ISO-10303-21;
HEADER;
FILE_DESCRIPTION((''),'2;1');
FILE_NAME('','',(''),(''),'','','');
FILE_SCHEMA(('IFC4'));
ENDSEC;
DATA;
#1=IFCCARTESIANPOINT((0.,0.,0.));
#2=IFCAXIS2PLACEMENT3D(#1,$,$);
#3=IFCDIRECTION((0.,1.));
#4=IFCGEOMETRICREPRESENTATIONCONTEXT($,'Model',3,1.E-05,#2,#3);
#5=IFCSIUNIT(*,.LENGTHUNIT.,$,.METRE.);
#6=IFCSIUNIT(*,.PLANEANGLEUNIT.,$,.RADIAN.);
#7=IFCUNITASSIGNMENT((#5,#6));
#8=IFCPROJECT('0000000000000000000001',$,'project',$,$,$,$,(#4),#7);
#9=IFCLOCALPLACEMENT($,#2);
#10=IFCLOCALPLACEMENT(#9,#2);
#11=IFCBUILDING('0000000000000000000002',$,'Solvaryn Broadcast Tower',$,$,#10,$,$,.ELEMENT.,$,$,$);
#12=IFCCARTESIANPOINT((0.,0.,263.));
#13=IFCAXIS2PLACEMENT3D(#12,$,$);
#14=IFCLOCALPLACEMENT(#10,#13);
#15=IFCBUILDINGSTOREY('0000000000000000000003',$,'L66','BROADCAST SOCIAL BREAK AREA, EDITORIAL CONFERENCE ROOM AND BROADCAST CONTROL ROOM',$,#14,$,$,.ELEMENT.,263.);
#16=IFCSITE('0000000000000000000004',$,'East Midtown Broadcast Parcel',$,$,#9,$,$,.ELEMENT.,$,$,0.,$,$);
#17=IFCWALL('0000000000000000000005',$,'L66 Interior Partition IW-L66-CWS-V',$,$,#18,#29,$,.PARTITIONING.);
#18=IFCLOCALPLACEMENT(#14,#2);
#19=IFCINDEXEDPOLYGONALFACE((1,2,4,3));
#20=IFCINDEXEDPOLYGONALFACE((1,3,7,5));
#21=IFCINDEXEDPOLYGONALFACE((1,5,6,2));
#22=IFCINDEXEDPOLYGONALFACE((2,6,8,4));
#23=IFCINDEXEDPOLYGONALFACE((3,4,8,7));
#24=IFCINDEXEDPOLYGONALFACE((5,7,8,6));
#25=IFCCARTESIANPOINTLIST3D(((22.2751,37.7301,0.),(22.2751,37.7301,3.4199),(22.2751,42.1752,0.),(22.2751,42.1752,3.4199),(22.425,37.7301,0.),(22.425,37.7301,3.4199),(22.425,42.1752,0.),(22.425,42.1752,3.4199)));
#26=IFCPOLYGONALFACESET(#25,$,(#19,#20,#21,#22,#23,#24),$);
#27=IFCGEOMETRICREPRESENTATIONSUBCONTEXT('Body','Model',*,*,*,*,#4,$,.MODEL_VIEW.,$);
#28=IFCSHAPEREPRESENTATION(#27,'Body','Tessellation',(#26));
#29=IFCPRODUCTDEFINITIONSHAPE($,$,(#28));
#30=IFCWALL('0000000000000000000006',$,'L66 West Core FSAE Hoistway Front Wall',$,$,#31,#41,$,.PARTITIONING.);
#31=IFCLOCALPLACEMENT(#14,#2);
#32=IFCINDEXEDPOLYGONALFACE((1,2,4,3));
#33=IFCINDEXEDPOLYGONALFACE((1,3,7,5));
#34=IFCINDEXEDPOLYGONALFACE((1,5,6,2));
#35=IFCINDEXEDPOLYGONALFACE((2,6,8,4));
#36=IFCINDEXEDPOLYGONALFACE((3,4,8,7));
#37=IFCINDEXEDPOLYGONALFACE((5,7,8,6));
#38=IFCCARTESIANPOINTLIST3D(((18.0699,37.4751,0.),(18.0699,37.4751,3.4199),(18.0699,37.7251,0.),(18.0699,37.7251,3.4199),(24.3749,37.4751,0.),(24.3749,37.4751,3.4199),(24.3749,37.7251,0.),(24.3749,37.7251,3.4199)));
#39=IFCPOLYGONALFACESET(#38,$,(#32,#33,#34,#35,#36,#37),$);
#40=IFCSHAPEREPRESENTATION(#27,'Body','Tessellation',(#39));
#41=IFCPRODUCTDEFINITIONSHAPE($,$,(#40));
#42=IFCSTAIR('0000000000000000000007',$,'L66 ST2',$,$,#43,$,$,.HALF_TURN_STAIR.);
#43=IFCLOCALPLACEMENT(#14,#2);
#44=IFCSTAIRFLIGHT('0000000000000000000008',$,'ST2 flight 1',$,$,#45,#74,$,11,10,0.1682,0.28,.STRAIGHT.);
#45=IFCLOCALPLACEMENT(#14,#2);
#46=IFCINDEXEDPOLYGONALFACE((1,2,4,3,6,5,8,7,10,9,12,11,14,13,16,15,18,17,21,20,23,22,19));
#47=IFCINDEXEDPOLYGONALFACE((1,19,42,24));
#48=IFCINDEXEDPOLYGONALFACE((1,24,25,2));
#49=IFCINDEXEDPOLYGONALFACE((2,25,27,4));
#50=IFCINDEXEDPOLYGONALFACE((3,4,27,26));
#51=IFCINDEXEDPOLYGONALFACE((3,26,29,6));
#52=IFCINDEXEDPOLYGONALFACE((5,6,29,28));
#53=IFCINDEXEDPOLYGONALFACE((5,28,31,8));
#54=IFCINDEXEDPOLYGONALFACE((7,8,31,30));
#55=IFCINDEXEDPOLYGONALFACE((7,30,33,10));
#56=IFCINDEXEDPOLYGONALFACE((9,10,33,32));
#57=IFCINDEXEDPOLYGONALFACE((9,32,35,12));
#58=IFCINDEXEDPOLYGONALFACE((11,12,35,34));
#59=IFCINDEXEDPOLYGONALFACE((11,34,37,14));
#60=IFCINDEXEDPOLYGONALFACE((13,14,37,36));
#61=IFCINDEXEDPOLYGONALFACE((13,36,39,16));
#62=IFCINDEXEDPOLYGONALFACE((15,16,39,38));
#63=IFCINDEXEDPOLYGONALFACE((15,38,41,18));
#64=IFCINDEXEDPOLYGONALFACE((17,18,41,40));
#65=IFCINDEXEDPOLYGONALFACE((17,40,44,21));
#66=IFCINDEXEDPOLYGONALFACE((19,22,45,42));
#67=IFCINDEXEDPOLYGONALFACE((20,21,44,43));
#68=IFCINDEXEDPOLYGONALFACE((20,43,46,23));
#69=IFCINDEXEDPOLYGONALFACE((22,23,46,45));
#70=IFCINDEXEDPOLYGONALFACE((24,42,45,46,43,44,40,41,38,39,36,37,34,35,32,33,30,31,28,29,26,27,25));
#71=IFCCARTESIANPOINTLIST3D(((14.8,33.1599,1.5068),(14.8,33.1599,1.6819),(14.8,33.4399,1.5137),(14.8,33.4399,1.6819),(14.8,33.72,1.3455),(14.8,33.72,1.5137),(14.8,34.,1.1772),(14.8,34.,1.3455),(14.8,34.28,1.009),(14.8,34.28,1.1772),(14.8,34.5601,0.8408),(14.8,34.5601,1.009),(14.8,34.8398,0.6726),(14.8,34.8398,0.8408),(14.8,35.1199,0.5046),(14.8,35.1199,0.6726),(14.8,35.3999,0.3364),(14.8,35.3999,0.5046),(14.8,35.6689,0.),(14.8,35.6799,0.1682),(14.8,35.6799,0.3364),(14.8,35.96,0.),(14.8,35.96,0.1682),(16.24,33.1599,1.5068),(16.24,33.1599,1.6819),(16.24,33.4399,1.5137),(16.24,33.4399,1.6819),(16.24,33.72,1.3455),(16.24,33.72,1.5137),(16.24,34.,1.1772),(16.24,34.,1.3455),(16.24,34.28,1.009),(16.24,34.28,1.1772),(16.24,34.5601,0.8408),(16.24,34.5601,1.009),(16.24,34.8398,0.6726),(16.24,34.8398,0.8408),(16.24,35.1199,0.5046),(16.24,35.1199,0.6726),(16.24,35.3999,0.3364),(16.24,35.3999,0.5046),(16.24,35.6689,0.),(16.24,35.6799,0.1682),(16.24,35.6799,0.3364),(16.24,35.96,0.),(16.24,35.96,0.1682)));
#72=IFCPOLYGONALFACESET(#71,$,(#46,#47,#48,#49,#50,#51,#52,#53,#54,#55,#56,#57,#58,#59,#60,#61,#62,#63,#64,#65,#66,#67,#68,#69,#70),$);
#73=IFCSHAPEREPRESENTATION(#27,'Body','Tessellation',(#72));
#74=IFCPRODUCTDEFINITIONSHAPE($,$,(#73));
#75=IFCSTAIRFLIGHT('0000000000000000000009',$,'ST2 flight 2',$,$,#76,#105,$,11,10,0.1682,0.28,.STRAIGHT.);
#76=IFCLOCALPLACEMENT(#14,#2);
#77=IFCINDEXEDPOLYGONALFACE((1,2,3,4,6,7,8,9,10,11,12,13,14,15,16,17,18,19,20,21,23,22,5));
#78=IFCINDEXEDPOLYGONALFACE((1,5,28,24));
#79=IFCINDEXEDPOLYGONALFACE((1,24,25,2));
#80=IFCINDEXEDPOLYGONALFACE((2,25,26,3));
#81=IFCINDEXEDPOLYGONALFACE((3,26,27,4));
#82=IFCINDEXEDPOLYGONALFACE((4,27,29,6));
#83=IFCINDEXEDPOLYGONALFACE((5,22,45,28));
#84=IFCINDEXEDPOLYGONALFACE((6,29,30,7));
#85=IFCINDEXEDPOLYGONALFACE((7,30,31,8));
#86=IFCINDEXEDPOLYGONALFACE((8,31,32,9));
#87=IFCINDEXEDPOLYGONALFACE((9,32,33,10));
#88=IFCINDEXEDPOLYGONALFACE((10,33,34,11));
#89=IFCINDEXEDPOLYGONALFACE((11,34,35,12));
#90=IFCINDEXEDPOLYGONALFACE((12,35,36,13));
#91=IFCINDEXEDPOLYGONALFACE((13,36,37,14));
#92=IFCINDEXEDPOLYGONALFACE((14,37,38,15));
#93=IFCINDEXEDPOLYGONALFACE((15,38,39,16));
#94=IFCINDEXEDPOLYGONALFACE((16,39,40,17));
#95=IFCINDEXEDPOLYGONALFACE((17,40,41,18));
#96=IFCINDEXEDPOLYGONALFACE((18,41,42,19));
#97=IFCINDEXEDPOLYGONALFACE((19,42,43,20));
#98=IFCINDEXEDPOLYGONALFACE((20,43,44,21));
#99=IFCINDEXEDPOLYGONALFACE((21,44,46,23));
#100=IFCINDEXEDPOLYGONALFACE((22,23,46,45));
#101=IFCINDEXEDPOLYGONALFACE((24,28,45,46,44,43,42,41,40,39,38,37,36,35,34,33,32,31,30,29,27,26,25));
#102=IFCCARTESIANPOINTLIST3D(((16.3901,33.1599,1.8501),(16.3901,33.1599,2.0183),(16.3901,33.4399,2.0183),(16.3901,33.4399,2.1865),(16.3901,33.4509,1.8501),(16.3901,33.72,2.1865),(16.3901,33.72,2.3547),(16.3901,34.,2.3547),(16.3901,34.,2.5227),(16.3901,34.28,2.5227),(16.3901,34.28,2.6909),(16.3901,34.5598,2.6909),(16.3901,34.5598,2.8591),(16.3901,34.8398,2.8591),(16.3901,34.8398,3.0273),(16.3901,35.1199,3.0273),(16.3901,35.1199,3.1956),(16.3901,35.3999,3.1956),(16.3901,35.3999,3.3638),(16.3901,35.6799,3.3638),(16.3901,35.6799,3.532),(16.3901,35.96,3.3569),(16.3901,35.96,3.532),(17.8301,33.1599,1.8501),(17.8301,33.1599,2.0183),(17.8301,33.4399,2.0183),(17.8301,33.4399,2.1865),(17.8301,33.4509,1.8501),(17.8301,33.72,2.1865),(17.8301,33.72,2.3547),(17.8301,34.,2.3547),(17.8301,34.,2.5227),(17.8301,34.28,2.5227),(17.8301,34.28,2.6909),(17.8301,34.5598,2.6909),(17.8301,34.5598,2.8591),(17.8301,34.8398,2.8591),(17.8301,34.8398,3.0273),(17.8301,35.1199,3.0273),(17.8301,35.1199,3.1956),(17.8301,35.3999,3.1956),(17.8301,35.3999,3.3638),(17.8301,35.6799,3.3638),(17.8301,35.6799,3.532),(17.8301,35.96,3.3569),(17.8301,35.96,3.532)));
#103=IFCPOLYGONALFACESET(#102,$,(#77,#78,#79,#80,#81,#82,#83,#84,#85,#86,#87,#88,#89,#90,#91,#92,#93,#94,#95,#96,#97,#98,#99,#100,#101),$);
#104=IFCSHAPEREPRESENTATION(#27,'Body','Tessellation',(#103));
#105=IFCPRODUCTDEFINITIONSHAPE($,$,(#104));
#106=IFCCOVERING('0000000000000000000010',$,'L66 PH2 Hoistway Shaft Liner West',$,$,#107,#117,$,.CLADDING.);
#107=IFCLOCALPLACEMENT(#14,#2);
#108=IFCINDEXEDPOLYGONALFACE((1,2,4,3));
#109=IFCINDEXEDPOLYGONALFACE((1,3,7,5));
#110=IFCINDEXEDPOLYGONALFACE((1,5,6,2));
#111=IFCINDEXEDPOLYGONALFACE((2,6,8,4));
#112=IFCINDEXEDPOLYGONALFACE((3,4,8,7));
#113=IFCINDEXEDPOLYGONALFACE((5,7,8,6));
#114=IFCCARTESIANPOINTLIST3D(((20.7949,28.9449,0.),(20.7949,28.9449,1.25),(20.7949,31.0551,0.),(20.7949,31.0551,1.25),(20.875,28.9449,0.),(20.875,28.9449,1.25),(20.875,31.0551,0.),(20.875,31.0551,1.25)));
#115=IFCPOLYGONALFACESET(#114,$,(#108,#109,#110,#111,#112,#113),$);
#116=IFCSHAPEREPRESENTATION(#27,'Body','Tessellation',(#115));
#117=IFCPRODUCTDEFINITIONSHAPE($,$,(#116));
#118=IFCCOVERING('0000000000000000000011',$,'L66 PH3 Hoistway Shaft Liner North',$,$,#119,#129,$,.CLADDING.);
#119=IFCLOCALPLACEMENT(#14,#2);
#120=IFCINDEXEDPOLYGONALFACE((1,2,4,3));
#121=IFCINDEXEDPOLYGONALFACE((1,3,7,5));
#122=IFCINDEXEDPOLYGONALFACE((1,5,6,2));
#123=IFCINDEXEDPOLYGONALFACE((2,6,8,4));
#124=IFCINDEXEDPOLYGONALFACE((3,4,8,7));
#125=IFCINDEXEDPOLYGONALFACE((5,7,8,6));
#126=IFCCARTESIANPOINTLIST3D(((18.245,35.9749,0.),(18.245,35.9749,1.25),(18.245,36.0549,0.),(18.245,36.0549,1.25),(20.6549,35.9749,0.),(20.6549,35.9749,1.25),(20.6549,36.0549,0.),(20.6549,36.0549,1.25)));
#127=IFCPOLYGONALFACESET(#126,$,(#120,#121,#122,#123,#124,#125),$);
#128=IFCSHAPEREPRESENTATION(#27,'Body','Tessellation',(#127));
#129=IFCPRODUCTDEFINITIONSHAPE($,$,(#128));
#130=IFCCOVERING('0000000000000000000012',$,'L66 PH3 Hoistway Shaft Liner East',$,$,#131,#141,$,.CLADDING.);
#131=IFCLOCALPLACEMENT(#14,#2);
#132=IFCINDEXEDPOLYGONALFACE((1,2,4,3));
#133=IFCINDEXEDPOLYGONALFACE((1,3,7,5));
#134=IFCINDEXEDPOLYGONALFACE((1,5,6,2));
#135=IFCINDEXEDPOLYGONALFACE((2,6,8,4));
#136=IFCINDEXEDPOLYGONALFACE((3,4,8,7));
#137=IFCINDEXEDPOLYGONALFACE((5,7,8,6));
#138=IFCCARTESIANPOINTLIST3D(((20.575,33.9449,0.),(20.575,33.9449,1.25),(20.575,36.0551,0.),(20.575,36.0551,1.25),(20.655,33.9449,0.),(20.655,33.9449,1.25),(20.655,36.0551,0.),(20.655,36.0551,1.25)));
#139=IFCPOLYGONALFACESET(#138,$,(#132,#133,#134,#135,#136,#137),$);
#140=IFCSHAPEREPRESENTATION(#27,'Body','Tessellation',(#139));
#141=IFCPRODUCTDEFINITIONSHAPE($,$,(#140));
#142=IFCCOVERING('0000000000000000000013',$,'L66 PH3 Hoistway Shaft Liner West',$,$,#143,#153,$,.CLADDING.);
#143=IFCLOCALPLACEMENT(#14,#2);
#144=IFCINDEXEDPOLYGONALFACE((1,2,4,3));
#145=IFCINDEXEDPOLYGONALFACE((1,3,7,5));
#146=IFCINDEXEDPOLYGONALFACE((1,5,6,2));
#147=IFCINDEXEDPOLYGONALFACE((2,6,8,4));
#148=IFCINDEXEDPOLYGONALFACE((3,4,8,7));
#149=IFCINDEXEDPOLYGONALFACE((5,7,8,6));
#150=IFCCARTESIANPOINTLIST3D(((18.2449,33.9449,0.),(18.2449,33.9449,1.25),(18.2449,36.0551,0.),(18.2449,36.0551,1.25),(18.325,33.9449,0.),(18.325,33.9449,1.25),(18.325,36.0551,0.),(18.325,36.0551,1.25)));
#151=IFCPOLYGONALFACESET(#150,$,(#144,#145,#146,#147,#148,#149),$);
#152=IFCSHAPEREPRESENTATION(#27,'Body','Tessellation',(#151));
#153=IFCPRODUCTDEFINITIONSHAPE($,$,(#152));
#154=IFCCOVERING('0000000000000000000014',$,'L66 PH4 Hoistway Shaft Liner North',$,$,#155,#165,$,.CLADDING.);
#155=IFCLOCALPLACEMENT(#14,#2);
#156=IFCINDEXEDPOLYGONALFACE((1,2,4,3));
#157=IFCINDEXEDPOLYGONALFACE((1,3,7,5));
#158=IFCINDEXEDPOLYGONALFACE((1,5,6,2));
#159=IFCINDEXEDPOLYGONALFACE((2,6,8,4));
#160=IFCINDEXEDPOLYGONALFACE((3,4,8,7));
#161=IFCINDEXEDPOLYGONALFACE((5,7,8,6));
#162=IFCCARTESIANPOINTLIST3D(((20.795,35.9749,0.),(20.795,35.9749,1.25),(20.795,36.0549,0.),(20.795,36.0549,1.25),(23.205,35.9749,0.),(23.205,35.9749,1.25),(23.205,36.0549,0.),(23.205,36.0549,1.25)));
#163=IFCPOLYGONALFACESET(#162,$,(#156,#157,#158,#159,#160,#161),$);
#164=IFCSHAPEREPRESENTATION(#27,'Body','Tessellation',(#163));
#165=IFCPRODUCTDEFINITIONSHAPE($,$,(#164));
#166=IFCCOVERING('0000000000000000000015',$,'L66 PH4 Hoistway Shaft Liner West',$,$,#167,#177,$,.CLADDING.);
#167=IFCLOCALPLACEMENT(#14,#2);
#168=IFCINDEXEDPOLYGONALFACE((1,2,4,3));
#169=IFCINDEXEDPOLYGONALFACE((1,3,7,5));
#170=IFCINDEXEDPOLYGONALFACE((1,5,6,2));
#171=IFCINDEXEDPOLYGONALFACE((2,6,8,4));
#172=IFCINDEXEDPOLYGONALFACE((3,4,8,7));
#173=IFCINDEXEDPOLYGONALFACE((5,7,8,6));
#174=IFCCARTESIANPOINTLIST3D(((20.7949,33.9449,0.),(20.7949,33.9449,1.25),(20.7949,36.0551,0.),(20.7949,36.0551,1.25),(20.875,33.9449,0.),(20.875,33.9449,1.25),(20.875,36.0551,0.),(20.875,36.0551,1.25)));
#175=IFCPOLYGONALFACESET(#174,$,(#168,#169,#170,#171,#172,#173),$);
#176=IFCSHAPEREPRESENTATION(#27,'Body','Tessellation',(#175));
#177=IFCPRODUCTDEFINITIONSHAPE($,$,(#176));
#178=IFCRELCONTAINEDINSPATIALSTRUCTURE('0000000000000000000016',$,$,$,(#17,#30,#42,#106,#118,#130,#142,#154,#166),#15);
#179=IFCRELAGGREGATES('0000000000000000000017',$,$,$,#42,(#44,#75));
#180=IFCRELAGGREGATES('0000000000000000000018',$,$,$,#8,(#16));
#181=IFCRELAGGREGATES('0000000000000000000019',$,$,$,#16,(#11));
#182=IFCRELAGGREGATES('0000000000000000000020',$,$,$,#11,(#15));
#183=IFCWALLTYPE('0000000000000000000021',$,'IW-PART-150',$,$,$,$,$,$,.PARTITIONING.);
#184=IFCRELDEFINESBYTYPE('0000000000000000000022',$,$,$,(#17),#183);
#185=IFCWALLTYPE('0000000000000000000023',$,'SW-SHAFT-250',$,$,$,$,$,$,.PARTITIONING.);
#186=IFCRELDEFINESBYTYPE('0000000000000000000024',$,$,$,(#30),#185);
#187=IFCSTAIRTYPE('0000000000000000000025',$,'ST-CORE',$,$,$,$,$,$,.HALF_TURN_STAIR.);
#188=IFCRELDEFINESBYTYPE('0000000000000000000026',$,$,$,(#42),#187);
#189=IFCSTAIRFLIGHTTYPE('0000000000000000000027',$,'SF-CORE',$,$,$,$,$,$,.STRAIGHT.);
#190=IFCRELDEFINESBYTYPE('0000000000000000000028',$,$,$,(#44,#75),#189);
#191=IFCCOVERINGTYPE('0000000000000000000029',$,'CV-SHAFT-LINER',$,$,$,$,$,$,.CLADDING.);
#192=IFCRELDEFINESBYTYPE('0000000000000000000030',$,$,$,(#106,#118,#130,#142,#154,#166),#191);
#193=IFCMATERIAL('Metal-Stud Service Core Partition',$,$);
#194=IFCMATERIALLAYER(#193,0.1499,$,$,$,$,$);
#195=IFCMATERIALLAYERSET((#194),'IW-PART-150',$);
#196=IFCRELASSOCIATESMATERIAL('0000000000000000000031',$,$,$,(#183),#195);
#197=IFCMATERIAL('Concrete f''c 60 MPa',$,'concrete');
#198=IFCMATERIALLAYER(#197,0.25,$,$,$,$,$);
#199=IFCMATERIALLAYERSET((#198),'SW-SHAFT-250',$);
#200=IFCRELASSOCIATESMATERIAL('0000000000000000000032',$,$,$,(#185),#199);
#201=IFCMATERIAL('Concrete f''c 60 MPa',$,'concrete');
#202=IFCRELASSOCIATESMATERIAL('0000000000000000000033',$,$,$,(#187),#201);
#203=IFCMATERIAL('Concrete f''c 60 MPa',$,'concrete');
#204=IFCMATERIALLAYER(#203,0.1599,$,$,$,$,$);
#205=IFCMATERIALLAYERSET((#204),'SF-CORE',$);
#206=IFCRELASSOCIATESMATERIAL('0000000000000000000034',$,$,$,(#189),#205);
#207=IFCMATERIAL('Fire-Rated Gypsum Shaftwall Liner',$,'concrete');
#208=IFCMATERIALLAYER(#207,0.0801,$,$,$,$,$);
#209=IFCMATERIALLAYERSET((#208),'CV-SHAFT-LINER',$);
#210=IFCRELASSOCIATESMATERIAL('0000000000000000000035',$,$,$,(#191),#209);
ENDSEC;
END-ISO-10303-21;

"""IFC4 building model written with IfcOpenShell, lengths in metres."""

from ifc_helpers import new_model, si_unit, direction, frame, frame_2d, origin, origin_2d, place, context, subcontext, project, spatial, polyline, rectangle, outline, extrude, material, layer, layer_set, type_object, element, aggregate, save


model = new_model("IFC4")

# Units and contexts
model_context = context("Model", 3, precision=1e-05, world=origin(), true_north=direction((0.0, 1.0)))
body_context = subcontext(model_context, "Body", "Model", "MODEL_VIEW")
ifc_project = project(units=[si_unit("LENGTHUNIT", "METRE"), si_unit("PLANEANGLEUNIT", "RADIAN")], contexts=[model_context])

# Site, building, storey
site_placement = place(None, origin())
site = spatial("IfcSite", under=ifc_project, at=site_placement, Name="East Midtown Broadcast Parcel", CompositionType="ELEMENT", RefElevation=0.0)
building_placement = place(site_placement, origin())
building = spatial("IfcBuilding", under=site, at=building_placement, Name="Solvaryn Broadcast Tower", CompositionType="ELEMENT")
storey_placement = place(building_placement, frame((0.0, 0.0, 263.0)))
storey = spatial("IfcBuildingStorey", under=building, at=storey_placement, Name="L66", Description="BROADCAST SOCIAL BREAK AREA, EDITORIAL CONFERENCE ROOM AND BROADCAST CONTROL ROOM", CompositionType="ELEMENT", Elevation=263.0)

# Walls
ifc_material_1 = material(Name="Metal-Stud Service Core Partition")
ifc_layer_1 = layer(ifc_material_1, 0.1499)
ifc_layer_set_1 = layer_set([ifc_layer_1], Name="IW-PART-150")
wall_type_1 = type_object("IfcWallType", Name="IW-PART-150", PredefinedType="PARTITIONING", material=ifc_layer_set_1)
wall_1_placement = place(storey_placement, frame((22.3501, 37.73, 0.0), z_axis=(0.0, 0.0, 1.0), x_axis=(0.0, 1.0, 0.0)))
element("IfcWall", 1, at=wall_1_placement, inside=storey, type_object=wall_type_1, Name="L66 Interior Partition IW-L66-CWS-V", PredefinedType="PARTITIONING", context=body_context, shape_type="SweptSolid", body=[
    extrude(rectangle(XDim=4.4451, YDim=0.1499, at=frame_2d((2.2227, 0.0))), origin(), (0.0, 0.0, 1.0), 3.4199),
])
ifc_material_2 = material(Name="Concrete f'c 60 MPa", Category="concrete")
ifc_layer_2 = layer(ifc_material_2, 0.25)
ifc_layer_set_2 = layer_set([ifc_layer_2], Name="SW-SHAFT-250")
wall_type_2 = type_object("IfcWallType", Name="SW-SHAFT-250", PredefinedType="PARTITIONING", material=ifc_layer_set_2)
wall_2_placement = place(storey_placement, frame((18.0701, 37.6001, 0.0), z_axis=(0.0, 0.0, 1.0), x_axis=(1.0, 0.0, 0.0)))
element("IfcWall", 2, at=wall_2_placement, inside=storey, type_object=wall_type_2, Name="L66 West Core FSAE Hoistway Front Wall", PredefinedType="PARTITIONING", context=body_context, shape_type="SweptSolid", body=[
    extrude(rectangle(XDim=6.3049, YDim=0.25, at=frame_2d((3.1523, 0.0))), origin(), (0.0, 0.0, 1.0), 3.4199),
])

# Stair, stair flights
ifc_material_3 = material(Name="Concrete f'c 60 MPa", Category="concrete")
stair_type = type_object("IfcStairType", Name="ST-CORE", PredefinedType="HALF_TURN_STAIR", material=ifc_material_3)
stair_placement = place(storey_placement, origin())
stair = element("IfcStair", 3, at=stair_placement, inside=storey, type_object=stair_type, Name="L66 ST2", PredefinedType="HALF_TURN_STAIR")
ifc_material_4 = material(Name="Concrete f'c 60 MPa", Category="concrete")
ifc_layer_3 = layer(ifc_material_4, 0.1599)
ifc_layer_set_3 = layer_set([ifc_layer_3], Name="SF-CORE")
stair_flight_type = type_object("IfcStairFlightType", Name="SF-CORE", PredefinedType="STRAIGHT", material=ifc_layer_set_3)
stair_flight_1_placement = place(storey_placement, frame((15.52, 35.96, 0.0), z_axis=(0.0, 0.0, 1.0), x_axis=(0.0, -1.0, 0.0)))
stair_flight_1 = element("IfcStairFlight", 4, at=stair_flight_1_placement, type_object=stair_flight_type, Name="ST2 flight 1", NumberOfRisers=11, NumberOfTreads=10, PredefinedType="STRAIGHT", RiserHeight=0.1682, TreadLength=0.28, context=body_context, shape_type="SweptSolid", body=[
    extrude(outline(polyline([(0.0, 0.0), (0.0, 0.1682), (0.28, 0.1682), (0.28, 0.3364), (0.5601, 0.3364), (0.5601, 0.5046), (0.8401, 0.5046), (0.8401, 0.6726), (1.1201, 0.6726), (1.1201, 0.8408), (1.3999, 0.8408), (1.3999, 1.009), (1.6799, 1.009), (1.6799, 1.1772), (1.96, 1.1772), (1.96, 1.3455), (2.24, 1.3455), (2.24, 1.5137), (2.52, 1.5137), (2.52, 1.6819), (2.8, 1.6819), (2.8, 1.8501), (2.8, 1.5068), (0.291, 0.0), (0.0, 0.0)])), frame((0.0, 0.72, 0.0), z_axis=(0.0, -1.0, 0.0), x_axis=(1.0, 0.0, 0.0)), (0.0, 0.0, 1.0), 1.4399),
])
stair_flight_2_placement = place(storey_placement, frame((17.1101, 33.1599, 1.8501), z_axis=(0.0, 0.0, 1.0), x_axis=(0.0, 1.0, 0.0)))
stair_flight_2 = element("IfcStairFlight", 5, at=stair_flight_2_placement, type_object=stair_flight_type, Name="ST2 flight 2", NumberOfRisers=11, NumberOfTreads=10, PredefinedType="STRAIGHT", RiserHeight=0.1682, TreadLength=0.28, context=body_context, shape_type="SweptSolid", body=[
    extrude(outline(polyline([(0.0, 0.0), (0.0, 0.1682), (0.28, 0.1682), (0.28, 0.3364), (0.5601, 0.3364), (0.5601, 0.5046), (0.8401, 0.5046), (0.8401, 0.6726), (1.1201, 0.6726), (1.1201, 0.8408), (1.3999, 0.8408), (1.3999, 1.009), (1.6799, 1.009), (1.6799, 1.1772), (1.96, 1.1772), (1.96, 1.3455), (2.24, 1.3455), (2.24, 1.5137), (2.52, 1.5137), (2.52, 1.6819), (2.8, 1.6819), (2.8, 1.8501), (2.8, 1.5068), (0.291, 0.0), (0.0, 0.0)])), frame((0.0, 0.72, 0.0), z_axis=(0.0, -1.0, 0.0), x_axis=(1.0, 0.0, 0.0)), (0.0, 0.0, 1.0), 1.4399),
])
aggregate(stair, [stair_flight_1, stair_flight_2])

# Coverings
ifc_material_5 = material(Name="Fire-Rated Gypsum Shaftwall Liner", Category="concrete")
ifc_layer_4 = layer(ifc_material_5, 0.0801)
ifc_layer_set_4 = layer_set([ifc_layer_4], Name="CV-SHAFT-LINER")
covering_type = type_object("IfcCoveringType", Name="CV-SHAFT-LINER", PredefinedType="CLADDING", material=ifc_layer_set_4)
covering_1_placement = place(storey_placement, frame((20.835, 30.0, 0.0), z_axis=(0.0, 0.0, 1.0), x_axis=(1.0, 0.0, 0.0)))
element("IfcCovering", 6, at=covering_1_placement, inside=storey, type_object=covering_type, Name="L66 PH2 Hoistway Shaft Liner West", PredefinedType="CLADDING", context=body_context, shape_type="SweptSolid", body=[
    extrude(rectangle(XDim=0.0801, YDim=2.1101, at=origin_2d()), origin(), (0.0, 0.0, 1.0), 1.25),
])
covering_2_placement = place(storey_placement, frame((19.45, 36.0149, 0.0), z_axis=(0.0, 0.0, 1.0), x_axis=(1.0, 0.0, 0.0)))
element("IfcCovering", 7, at=covering_2_placement, inside=storey, type_object=covering_type, Name="L66 PH3 Hoistway Shaft Liner North", PredefinedType="CLADDING", context=body_context, shape_type="SweptSolid", body=[
    extrude(rectangle(XDim=2.4099, YDim=0.0801, at=origin_2d()), origin(), (0.0, 0.0, 1.0), 1.25),
])
for number, where, z_axis, x_axis, name in (
    (8, (20.615, 35.0, 0.0), (0.0, 0.0, 1.0), (1.0, 0.0, 0.0), "L66 PH3 Hoistway Shaft Liner East"),
    (9, (18.2849, 35.0, 0.0), (0.0, 0.0, 1.0), (1.0, 0.0, 0.0), "L66 PH3 Hoistway Shaft Liner West"),
):
    element("IfcCovering", number, at=place(storey_placement, frame(where, z_axis=z_axis, x_axis=x_axis)), inside=storey, type_object=covering_type, Name=name, PredefinedType="CLADDING", context=body_context, shape_type="SweptSolid", body=[
        extrude(rectangle(XDim=0.0801, YDim=2.1101, at=origin_2d()), origin(), (0.0, 0.0, 1.0), 1.25),
    ])
covering_3_placement = place(storey_placement, frame((22.0, 36.0149, 0.0), z_axis=(0.0, 0.0, 1.0), x_axis=(1.0, 0.0, 0.0)))
element("IfcCovering", 10, at=covering_3_placement, inside=storey, type_object=covering_type, Name="L66 PH4 Hoistway Shaft Liner North", PredefinedType="CLADDING", context=body_context, shape_type="SweptSolid", body=[
    extrude(rectangle(XDim=2.4099, YDim=0.0801, at=origin_2d()), origin(), (0.0, 0.0, 1.0), 1.25),
])
covering_4_placement = place(storey_placement, frame((20.835, 35.0, 0.0), z_axis=(0.0, 0.0, 1.0), x_axis=(1.0, 0.0, 0.0)))
element("IfcCovering", 11, at=covering_4_placement, inside=storey, type_object=covering_type, Name="L66 PH4 Hoistway Shaft Liner West", PredefinedType="CLADDING", context=body_context, shape_type="SweptSolid", body=[
    extrude(rectangle(XDim=0.0801, YDim=2.1101, at=origin_2d()), origin(), (0.0, 0.0, 1.0), 1.25),
])

save(model, "model.ifc")
